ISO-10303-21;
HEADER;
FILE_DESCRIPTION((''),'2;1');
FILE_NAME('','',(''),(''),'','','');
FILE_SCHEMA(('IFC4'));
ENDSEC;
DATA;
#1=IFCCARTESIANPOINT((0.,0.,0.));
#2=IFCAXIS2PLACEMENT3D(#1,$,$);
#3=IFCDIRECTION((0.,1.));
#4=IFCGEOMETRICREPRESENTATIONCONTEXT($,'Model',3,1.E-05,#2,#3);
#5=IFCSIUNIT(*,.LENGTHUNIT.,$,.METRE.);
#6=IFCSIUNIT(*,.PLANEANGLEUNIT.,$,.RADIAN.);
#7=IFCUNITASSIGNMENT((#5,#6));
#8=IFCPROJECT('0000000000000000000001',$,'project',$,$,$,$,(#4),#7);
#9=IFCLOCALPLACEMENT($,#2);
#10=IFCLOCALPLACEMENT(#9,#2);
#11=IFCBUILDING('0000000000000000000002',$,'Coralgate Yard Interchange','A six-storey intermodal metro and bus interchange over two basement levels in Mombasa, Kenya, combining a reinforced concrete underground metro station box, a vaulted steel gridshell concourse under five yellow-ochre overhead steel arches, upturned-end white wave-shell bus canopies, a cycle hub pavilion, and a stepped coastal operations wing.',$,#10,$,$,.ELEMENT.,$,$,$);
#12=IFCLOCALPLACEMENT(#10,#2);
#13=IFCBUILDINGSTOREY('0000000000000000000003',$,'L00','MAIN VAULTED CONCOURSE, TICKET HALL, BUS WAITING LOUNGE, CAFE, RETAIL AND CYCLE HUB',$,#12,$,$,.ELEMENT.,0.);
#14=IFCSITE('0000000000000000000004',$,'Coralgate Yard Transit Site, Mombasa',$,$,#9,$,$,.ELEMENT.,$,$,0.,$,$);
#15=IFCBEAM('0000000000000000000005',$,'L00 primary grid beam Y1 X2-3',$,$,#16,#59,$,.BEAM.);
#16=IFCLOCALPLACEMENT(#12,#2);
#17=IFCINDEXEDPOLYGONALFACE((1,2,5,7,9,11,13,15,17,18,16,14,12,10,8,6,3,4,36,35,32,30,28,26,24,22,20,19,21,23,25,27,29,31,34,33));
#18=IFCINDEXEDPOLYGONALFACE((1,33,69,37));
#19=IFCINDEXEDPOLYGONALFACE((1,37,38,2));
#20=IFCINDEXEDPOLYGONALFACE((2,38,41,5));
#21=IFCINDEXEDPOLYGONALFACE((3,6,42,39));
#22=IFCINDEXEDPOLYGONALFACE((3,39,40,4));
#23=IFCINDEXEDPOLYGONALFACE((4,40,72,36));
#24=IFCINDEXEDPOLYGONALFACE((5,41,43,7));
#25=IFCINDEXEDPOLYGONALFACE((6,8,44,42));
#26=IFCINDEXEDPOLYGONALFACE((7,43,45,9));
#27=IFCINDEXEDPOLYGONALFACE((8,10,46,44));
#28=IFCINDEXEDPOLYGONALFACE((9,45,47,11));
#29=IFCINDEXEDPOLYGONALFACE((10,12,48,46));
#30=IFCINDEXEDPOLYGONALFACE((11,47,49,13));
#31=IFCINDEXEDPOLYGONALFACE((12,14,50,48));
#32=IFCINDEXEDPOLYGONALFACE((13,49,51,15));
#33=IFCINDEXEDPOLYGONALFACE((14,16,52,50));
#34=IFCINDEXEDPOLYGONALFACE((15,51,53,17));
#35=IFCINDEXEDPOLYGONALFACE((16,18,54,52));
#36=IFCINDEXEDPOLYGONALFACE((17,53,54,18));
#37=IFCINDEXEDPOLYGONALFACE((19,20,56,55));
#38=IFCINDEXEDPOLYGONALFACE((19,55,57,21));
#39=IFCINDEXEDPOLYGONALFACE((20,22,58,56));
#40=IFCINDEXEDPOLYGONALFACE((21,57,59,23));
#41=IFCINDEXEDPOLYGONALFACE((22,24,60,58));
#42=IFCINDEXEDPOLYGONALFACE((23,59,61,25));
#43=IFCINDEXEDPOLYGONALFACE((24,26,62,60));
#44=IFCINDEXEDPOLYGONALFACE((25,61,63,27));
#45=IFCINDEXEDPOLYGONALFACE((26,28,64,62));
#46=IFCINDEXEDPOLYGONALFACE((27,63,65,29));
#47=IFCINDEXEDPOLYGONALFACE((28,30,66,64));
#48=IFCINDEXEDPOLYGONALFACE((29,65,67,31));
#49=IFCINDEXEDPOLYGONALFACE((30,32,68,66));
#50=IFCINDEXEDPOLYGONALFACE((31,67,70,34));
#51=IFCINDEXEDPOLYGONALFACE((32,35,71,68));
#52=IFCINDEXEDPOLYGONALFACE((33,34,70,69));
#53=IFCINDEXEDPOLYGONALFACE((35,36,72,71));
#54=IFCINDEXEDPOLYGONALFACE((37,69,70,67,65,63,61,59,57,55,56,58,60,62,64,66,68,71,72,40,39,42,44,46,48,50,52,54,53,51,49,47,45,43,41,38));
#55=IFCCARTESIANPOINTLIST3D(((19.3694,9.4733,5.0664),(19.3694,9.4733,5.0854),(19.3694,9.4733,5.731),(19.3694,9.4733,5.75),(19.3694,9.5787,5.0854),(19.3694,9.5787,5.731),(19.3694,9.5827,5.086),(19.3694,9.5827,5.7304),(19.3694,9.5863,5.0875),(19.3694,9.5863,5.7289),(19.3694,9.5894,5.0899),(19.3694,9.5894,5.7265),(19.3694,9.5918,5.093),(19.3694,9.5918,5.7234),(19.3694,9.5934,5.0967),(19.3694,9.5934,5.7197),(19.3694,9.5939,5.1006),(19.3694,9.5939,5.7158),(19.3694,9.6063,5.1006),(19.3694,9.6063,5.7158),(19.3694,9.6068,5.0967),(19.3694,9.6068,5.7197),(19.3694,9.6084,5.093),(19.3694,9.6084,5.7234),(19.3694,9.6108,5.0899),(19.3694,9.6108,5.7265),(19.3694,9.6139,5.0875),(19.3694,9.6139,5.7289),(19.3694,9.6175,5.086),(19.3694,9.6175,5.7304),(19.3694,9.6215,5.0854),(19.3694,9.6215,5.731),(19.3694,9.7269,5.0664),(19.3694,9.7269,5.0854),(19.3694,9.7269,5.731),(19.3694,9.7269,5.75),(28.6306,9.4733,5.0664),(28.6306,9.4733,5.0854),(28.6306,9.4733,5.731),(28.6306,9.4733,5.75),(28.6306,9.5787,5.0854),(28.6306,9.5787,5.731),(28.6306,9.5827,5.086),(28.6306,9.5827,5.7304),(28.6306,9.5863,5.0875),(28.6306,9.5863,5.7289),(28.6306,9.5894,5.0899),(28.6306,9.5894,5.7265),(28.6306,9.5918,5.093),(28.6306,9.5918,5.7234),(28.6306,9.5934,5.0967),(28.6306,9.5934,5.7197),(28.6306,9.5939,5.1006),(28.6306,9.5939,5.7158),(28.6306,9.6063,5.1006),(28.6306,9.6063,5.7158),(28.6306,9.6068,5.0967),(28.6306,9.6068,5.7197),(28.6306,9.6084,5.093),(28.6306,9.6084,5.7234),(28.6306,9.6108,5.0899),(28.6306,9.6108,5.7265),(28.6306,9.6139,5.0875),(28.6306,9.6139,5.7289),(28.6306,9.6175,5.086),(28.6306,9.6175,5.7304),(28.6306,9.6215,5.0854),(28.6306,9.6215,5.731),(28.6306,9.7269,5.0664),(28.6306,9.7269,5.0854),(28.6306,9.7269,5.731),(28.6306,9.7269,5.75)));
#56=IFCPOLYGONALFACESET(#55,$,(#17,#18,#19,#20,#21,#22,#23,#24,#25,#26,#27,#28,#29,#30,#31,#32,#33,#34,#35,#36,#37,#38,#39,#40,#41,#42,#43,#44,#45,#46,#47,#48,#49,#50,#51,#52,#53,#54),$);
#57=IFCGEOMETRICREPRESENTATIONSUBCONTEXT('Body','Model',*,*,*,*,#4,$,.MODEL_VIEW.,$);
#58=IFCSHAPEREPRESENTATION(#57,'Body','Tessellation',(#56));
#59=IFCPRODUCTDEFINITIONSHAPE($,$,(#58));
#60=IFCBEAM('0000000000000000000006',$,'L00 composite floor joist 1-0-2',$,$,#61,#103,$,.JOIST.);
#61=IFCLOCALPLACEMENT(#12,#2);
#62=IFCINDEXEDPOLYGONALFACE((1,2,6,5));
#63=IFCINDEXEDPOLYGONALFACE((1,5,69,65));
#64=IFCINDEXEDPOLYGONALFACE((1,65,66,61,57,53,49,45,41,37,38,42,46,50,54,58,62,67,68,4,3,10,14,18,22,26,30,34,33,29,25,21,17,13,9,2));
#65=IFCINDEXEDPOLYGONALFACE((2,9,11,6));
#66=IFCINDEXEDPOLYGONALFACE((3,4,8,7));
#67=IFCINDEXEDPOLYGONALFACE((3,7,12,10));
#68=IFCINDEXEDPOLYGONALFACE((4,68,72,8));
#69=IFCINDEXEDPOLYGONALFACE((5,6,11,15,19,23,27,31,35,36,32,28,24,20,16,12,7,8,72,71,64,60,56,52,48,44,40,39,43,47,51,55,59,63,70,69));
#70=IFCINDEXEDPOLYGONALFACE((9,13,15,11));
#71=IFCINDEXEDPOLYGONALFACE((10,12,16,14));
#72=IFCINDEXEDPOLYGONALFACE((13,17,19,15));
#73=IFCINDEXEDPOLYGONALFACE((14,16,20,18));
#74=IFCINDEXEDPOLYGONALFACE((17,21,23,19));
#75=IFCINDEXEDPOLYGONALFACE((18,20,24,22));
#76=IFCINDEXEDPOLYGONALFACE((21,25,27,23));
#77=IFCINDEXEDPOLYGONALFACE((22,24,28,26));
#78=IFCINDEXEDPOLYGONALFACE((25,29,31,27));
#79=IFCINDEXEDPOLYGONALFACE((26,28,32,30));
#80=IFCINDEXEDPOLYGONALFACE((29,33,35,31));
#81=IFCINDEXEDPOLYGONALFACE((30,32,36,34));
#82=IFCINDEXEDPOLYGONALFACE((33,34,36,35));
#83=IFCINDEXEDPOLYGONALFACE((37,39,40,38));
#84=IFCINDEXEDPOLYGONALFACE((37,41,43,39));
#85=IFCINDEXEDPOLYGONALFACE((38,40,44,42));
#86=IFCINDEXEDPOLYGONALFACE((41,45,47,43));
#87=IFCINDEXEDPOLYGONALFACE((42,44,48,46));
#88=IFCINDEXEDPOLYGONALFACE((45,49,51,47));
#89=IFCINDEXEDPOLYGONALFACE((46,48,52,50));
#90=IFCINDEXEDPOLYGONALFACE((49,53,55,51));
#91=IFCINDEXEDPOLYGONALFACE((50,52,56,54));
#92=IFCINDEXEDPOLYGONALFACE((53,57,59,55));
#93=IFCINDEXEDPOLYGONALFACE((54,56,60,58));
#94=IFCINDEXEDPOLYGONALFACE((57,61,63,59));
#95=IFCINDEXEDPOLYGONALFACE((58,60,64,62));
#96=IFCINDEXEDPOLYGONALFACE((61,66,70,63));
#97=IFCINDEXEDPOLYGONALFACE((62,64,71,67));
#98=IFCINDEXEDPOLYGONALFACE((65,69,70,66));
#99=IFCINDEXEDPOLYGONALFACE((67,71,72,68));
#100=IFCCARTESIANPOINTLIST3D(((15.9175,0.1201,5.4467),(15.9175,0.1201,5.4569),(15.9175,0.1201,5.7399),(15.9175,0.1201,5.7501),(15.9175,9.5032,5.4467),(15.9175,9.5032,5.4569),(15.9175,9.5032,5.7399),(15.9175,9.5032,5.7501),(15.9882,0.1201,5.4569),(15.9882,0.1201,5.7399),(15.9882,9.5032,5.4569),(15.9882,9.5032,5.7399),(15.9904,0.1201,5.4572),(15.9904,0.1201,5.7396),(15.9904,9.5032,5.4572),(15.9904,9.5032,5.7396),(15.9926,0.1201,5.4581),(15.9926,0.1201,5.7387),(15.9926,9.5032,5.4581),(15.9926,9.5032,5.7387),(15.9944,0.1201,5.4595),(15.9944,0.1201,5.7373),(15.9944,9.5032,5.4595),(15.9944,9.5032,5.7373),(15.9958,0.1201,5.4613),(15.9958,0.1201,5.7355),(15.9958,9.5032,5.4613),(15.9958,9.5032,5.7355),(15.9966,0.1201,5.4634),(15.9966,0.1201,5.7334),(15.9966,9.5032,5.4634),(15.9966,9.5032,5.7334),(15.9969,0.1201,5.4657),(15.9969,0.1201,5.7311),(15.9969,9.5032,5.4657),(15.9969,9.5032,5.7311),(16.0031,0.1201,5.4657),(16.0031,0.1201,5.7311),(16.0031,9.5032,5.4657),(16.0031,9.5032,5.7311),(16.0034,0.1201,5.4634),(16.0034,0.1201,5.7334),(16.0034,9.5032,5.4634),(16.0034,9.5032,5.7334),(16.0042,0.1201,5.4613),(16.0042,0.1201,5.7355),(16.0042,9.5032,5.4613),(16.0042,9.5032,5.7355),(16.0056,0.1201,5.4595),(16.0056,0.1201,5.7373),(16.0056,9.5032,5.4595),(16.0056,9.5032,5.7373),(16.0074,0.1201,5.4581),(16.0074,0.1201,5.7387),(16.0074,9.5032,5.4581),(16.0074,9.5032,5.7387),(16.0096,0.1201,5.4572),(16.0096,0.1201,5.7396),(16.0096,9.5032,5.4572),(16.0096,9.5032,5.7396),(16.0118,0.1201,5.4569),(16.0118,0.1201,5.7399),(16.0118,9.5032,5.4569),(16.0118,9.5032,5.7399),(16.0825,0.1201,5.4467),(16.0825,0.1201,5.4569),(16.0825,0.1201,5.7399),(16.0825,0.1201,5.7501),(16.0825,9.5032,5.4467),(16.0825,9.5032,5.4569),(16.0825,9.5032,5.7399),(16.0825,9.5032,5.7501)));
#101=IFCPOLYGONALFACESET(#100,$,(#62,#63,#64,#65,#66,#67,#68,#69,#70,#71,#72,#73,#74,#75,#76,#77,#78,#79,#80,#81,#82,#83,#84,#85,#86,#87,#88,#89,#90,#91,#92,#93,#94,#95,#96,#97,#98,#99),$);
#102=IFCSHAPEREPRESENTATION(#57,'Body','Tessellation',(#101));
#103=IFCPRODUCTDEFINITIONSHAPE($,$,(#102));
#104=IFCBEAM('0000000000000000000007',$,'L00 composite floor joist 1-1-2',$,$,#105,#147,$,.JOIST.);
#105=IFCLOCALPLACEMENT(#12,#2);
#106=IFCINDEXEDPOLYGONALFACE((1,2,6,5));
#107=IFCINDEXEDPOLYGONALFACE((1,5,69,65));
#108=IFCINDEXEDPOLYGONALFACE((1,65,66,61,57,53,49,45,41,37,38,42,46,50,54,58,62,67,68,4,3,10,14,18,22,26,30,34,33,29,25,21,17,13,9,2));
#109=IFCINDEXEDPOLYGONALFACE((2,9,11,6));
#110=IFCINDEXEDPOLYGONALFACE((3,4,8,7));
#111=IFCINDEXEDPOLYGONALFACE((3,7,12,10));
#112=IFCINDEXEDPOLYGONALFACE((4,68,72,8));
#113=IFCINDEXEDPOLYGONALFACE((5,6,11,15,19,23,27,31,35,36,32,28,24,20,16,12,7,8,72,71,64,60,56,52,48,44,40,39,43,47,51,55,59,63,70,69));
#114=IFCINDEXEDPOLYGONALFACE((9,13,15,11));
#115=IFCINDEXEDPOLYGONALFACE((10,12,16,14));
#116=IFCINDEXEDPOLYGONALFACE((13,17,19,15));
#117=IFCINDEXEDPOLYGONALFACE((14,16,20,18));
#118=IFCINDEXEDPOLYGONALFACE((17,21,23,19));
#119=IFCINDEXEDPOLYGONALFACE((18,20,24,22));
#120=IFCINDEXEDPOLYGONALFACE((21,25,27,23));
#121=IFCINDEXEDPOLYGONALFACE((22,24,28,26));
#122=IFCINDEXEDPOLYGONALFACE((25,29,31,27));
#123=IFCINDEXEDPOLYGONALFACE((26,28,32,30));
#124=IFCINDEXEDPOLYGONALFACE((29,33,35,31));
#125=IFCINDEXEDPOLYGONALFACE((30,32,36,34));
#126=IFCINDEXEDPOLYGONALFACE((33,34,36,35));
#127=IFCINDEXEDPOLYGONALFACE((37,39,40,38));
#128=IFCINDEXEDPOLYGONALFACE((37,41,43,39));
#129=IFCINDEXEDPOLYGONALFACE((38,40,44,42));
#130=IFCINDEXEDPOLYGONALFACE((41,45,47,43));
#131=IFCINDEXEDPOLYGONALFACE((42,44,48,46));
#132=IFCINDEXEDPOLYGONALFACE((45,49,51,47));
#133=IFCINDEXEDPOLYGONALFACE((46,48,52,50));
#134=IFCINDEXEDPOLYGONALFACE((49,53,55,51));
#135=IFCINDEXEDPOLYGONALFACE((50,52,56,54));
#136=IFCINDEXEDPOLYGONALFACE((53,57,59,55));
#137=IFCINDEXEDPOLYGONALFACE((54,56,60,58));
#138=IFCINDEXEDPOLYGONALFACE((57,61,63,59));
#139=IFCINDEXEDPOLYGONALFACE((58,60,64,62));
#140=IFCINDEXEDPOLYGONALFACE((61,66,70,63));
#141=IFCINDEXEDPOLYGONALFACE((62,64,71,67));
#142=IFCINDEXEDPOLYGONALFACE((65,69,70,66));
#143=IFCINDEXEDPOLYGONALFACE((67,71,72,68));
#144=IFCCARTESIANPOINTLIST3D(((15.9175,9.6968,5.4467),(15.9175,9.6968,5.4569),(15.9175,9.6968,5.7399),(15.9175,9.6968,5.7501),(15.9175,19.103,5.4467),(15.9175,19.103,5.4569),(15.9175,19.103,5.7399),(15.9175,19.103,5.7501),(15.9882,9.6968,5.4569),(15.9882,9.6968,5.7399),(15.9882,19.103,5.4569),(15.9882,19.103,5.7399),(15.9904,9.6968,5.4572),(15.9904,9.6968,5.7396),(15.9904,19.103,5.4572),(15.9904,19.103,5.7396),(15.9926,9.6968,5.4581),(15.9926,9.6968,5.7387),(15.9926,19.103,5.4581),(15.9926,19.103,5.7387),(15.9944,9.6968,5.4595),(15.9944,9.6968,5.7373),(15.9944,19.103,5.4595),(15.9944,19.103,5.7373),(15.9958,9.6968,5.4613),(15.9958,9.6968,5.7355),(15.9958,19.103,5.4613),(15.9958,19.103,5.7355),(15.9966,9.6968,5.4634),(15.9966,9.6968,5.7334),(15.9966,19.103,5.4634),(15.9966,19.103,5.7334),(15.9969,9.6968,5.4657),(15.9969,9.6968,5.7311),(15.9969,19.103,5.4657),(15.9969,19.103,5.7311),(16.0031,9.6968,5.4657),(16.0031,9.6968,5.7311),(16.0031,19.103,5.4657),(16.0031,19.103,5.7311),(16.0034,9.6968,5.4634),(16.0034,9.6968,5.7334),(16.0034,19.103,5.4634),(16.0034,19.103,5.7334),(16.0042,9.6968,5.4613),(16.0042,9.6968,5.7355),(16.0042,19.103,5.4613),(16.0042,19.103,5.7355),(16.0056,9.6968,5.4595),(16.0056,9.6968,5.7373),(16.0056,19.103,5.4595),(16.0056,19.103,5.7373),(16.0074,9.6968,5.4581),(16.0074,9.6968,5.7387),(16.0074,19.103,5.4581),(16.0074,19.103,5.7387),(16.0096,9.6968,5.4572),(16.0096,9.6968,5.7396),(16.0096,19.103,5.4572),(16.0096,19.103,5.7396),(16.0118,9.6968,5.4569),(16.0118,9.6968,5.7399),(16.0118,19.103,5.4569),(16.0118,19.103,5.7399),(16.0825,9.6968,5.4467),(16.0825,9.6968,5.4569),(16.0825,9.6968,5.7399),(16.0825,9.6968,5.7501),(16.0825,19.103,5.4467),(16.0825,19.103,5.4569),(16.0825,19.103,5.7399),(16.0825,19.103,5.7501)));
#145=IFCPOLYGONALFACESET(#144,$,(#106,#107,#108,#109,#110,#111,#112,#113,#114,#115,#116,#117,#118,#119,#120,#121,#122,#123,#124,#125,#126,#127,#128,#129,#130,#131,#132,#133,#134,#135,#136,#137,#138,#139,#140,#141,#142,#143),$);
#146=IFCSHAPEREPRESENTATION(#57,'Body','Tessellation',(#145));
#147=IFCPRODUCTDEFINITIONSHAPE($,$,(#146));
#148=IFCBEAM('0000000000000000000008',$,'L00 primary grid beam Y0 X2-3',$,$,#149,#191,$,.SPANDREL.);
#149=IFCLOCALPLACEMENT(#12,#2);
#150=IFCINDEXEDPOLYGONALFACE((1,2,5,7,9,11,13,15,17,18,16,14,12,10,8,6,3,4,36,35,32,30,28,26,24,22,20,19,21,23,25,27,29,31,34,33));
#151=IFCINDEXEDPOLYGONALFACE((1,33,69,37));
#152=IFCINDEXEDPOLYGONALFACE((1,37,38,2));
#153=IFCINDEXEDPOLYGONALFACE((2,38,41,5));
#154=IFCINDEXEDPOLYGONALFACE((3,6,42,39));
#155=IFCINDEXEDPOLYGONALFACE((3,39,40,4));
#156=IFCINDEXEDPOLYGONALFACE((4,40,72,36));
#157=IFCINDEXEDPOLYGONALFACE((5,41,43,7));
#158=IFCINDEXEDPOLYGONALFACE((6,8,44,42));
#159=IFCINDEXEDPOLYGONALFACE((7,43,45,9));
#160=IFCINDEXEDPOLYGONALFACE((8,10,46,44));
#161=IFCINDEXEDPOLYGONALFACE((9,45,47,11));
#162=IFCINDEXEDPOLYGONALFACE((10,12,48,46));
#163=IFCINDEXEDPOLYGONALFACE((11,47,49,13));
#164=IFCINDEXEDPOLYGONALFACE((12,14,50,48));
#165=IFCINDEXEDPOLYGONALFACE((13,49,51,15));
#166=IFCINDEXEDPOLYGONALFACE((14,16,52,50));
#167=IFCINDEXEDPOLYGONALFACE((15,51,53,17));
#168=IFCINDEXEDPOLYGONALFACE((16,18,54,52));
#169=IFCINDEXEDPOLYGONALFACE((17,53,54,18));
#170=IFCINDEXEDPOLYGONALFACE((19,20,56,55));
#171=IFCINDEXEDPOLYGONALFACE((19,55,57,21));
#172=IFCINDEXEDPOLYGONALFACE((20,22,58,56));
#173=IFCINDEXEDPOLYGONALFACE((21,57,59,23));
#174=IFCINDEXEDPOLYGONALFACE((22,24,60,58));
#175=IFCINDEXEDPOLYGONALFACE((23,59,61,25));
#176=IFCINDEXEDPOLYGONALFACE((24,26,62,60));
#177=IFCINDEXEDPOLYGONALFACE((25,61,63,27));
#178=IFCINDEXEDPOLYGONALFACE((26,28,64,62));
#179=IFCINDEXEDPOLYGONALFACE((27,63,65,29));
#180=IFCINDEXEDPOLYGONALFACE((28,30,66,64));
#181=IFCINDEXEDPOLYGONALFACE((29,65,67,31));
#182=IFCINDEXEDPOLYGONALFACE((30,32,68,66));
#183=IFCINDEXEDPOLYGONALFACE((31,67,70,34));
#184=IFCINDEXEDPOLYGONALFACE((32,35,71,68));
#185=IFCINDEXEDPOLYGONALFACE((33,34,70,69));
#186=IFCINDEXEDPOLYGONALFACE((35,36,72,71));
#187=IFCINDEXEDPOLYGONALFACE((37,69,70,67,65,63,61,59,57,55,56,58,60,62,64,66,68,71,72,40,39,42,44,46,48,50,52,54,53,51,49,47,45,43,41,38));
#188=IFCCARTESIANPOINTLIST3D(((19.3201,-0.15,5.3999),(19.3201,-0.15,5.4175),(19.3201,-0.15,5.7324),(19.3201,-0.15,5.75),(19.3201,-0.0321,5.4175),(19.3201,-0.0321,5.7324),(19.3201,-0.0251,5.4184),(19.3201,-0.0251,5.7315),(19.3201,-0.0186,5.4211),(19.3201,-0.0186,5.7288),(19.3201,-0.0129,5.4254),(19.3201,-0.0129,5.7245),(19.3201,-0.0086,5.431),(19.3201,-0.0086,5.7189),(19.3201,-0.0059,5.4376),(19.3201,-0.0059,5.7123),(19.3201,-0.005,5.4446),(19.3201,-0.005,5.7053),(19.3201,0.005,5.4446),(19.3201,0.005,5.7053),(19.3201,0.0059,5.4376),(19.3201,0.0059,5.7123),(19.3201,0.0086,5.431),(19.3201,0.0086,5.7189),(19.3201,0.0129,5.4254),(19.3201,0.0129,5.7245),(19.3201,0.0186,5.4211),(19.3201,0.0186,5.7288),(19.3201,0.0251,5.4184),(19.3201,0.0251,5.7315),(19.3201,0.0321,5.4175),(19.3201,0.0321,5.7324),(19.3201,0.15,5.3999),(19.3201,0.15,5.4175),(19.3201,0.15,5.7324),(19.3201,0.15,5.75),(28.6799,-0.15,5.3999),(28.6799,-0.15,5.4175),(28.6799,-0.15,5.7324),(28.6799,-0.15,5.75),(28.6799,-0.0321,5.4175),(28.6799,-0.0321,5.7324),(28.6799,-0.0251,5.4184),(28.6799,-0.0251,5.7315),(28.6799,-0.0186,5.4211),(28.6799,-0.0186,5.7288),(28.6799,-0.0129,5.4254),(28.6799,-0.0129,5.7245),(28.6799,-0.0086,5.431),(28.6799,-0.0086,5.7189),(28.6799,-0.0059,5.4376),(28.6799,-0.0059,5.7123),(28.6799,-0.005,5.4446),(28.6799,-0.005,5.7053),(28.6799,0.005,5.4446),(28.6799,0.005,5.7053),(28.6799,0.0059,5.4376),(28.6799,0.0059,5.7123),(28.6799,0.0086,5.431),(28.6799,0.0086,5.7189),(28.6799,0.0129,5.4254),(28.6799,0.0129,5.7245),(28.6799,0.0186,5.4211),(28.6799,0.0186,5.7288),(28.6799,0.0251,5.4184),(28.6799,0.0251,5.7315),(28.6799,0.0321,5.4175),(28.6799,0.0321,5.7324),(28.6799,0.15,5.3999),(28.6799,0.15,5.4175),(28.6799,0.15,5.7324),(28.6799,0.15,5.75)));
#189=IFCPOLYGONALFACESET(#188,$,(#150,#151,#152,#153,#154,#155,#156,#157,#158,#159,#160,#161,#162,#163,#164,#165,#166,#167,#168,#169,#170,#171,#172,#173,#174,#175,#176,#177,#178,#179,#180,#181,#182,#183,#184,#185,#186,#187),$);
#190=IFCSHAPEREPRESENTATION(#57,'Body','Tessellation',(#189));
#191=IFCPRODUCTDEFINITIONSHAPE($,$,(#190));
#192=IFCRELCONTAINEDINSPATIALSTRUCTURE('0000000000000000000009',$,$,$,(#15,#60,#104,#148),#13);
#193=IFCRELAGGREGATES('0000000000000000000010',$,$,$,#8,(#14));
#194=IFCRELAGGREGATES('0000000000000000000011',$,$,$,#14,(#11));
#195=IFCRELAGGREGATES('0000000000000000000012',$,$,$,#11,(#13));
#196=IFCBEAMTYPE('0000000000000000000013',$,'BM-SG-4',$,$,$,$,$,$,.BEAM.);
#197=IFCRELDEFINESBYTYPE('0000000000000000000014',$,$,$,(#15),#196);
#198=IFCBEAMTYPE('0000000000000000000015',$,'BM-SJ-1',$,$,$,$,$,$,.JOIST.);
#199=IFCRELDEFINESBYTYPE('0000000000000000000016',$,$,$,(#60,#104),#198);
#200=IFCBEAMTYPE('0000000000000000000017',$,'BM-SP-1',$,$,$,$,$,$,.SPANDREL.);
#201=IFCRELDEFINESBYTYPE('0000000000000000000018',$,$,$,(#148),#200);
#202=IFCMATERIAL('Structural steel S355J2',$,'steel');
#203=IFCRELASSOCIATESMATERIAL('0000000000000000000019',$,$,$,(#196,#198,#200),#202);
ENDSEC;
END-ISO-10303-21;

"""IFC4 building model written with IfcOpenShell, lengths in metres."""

from ifc_helpers import new_model, si_unit, direction, frame, origin, origin_2d, place, context, subcontext, project, spatial, i_section, extrude, material, material_profile, profile_set, type_object, element, save


model = new_model("IFC4")

# Units and contexts
model_context = context("Model", 3, precision=1e-05, world=origin(), true_north=direction((0.0, 1.0)))
body_context = subcontext(model_context, "Body", "Model", "MODEL_VIEW")
ifc_project = project(units=[si_unit("LENGTHUNIT", "METRE"), si_unit("PLANEANGLEUNIT", "RADIAN")], contexts=[model_context])

# Site, building, storey
site_placement = place(None, origin())
site = spatial("IfcSite", under=ifc_project, at=site_placement, Name="Coralgate Yard Transit Site, Mombasa", CompositionType="ELEMENT", RefElevation=0.0)
building_placement = place(site_placement, origin())
building = spatial("IfcBuilding", under=site, at=building_placement, Name="Coralgate Yard Interchange", Description="A six-storey intermodal metro and bus interchange over two basement levels in Mombasa, Kenya, combining a reinforced concrete underground metro station box, a vaulted steel gridshell concourse under five yellow-ochre overhead steel arches, upturned-end white wave-shell bus canopies, a cycle hub pavilion, and a stepped coastal operations wing.", CompositionType="ELEMENT")
storey_placement = place(building_placement, origin())
storey = spatial("IfcBuildingStorey", under=building, at=storey_placement, Name="L00", Description="MAIN VAULTED CONCOURSE, TICKET HALL, BUS WAITING LOUNGE, CAFE, RETAIL AND CYCLE HUB", CompositionType="ELEMENT", Elevation=0.0)

# Shared definitions
ifc_material_1 = material(Name="Structural steel S355J2", Category="steel")

# Beams
ifc_material_profile_1 = material_profile(ifc_material_1, i_section(OverallWidth=0.2537, OverallDepth=0.6836, WebThickness=0.0125, FlangeThickness=0.019, FilletRadius=0.0151, at=origin_2d()), Name="UB 686x254x140")
ifc_profile_set_1 = profile_set([ifc_material_profile_1], Name="Structural steel S355J2")
beam_type_1 = type_object("IfcBeamType", Name="BM-SG-4", PredefinedType="BEAM", material=ifc_profile_set_1)
beam_1_placement = place(storey_placement, frame((19.3694, 9.6001, 5.4082), z_axis=(1.0, 0.0, 0.0), x_axis=(0.0, 1.0, 0.0)))
element("IfcBeam", 1, at=beam_1_placement, inside=storey, type_object=beam_type_1, Name="L00 primary grid beam Y1 X2-3", PredefinedType="BEAM", context=body_context, shape_type="SweptSolid", body=[
    extrude(i_section(OverallWidth=0.2537, OverallDepth=0.6836, WebThickness=0.0125, FlangeThickness=0.019, FilletRadius=0.0151, at=origin_2d()), origin(), (0.0, 0.0, 1.0), 9.2612),
])
ifc_material_profile_2 = material_profile(ifc_material_1, i_section(OverallWidth=0.165, OverallDepth=0.3035, WebThickness=0.0061, FlangeThickness=0.0103, FilletRadius=0.0088, at=origin_2d()), Name="UB 305x165x40")
ifc_profile_set_2 = profile_set([ifc_material_profile_2], Name="Structural steel S355J2")
beam_type_2 = type_object("IfcBeamType", Name="BM-SJ-1", PredefinedType="JOIST", material=ifc_profile_set_2)
beam_2_placement = place(storey_placement, frame((16.0, 0.1201, 5.5984), z_axis=(0.0, 1.0, 0.0), x_axis=(-1.0, 0.0, 0.0)))
element("IfcBeam", 2, at=beam_2_placement, inside=storey, type_object=beam_type_2, Name="L00 composite floor joist 1-0-2", PredefinedType="JOIST", context=body_context, shape_type="SweptSolid", body=[
    extrude(i_section(OverallWidth=0.165, OverallDepth=0.3035, WebThickness=0.0061, FlangeThickness=0.0103, FilletRadius=0.0088, at=origin_2d()), origin(), (0.0, 0.0, 1.0), 9.3831),
])
beam_3_placement = place(storey_placement, frame((16.0, 9.6968, 5.5984), z_axis=(0.0, 1.0, 0.0), x_axis=(-1.0, 0.0, 0.0)))
element("IfcBeam", 3, at=beam_3_placement, inside=storey, type_object=beam_type_2, Name="L00 composite floor joist 1-1-2", PredefinedType="JOIST", context=body_context, shape_type="SweptSolid", body=[
    extrude(i_section(OverallWidth=0.165, OverallDepth=0.3035, WebThickness=0.0061, FlangeThickness=0.0103, FilletRadius=0.0088, at=origin_2d()), origin(), (0.0, 0.0, 1.0), 9.4062),
])
ifc_material_profile_3 = material_profile(ifc_material_1, i_section(OverallWidth=0.3, OverallDepth=0.3501, WebThickness=0.01, FlangeThickness=0.0176, FilletRadius=0.0271, at=origin_2d()), Name="HEA 360")
ifc_profile_set_3 = profile_set([ifc_material_profile_3], Name="Structural steel S355J2")
beam_type_3 = type_object("IfcBeamType", Name="BM-SP-1", PredefinedType="SPANDREL", material=ifc_profile_set_3)
beam_4_placement = place(storey_placement, frame((19.3201, 0.0, 5.575), z_axis=(1.0, 0.0, 0.0), x_axis=(0.0, 1.0, 0.0)))
element("IfcBeam", 4, at=beam_4_placement, inside=storey, type_object=beam_type_3, Name="L00 primary grid beam Y0 X2-3", PredefinedType="SPANDREL", context=body_context, shape_type="SweptSolid", body=[
    extrude(i_section(OverallWidth=0.3, OverallDepth=0.3501, WebThickness=0.01, FlangeThickness=0.0176, FilletRadius=0.0271, at=origin_2d()), origin(), (0.0, 0.0, 1.0), 9.3599),
])

save(model, "model.ifc")
